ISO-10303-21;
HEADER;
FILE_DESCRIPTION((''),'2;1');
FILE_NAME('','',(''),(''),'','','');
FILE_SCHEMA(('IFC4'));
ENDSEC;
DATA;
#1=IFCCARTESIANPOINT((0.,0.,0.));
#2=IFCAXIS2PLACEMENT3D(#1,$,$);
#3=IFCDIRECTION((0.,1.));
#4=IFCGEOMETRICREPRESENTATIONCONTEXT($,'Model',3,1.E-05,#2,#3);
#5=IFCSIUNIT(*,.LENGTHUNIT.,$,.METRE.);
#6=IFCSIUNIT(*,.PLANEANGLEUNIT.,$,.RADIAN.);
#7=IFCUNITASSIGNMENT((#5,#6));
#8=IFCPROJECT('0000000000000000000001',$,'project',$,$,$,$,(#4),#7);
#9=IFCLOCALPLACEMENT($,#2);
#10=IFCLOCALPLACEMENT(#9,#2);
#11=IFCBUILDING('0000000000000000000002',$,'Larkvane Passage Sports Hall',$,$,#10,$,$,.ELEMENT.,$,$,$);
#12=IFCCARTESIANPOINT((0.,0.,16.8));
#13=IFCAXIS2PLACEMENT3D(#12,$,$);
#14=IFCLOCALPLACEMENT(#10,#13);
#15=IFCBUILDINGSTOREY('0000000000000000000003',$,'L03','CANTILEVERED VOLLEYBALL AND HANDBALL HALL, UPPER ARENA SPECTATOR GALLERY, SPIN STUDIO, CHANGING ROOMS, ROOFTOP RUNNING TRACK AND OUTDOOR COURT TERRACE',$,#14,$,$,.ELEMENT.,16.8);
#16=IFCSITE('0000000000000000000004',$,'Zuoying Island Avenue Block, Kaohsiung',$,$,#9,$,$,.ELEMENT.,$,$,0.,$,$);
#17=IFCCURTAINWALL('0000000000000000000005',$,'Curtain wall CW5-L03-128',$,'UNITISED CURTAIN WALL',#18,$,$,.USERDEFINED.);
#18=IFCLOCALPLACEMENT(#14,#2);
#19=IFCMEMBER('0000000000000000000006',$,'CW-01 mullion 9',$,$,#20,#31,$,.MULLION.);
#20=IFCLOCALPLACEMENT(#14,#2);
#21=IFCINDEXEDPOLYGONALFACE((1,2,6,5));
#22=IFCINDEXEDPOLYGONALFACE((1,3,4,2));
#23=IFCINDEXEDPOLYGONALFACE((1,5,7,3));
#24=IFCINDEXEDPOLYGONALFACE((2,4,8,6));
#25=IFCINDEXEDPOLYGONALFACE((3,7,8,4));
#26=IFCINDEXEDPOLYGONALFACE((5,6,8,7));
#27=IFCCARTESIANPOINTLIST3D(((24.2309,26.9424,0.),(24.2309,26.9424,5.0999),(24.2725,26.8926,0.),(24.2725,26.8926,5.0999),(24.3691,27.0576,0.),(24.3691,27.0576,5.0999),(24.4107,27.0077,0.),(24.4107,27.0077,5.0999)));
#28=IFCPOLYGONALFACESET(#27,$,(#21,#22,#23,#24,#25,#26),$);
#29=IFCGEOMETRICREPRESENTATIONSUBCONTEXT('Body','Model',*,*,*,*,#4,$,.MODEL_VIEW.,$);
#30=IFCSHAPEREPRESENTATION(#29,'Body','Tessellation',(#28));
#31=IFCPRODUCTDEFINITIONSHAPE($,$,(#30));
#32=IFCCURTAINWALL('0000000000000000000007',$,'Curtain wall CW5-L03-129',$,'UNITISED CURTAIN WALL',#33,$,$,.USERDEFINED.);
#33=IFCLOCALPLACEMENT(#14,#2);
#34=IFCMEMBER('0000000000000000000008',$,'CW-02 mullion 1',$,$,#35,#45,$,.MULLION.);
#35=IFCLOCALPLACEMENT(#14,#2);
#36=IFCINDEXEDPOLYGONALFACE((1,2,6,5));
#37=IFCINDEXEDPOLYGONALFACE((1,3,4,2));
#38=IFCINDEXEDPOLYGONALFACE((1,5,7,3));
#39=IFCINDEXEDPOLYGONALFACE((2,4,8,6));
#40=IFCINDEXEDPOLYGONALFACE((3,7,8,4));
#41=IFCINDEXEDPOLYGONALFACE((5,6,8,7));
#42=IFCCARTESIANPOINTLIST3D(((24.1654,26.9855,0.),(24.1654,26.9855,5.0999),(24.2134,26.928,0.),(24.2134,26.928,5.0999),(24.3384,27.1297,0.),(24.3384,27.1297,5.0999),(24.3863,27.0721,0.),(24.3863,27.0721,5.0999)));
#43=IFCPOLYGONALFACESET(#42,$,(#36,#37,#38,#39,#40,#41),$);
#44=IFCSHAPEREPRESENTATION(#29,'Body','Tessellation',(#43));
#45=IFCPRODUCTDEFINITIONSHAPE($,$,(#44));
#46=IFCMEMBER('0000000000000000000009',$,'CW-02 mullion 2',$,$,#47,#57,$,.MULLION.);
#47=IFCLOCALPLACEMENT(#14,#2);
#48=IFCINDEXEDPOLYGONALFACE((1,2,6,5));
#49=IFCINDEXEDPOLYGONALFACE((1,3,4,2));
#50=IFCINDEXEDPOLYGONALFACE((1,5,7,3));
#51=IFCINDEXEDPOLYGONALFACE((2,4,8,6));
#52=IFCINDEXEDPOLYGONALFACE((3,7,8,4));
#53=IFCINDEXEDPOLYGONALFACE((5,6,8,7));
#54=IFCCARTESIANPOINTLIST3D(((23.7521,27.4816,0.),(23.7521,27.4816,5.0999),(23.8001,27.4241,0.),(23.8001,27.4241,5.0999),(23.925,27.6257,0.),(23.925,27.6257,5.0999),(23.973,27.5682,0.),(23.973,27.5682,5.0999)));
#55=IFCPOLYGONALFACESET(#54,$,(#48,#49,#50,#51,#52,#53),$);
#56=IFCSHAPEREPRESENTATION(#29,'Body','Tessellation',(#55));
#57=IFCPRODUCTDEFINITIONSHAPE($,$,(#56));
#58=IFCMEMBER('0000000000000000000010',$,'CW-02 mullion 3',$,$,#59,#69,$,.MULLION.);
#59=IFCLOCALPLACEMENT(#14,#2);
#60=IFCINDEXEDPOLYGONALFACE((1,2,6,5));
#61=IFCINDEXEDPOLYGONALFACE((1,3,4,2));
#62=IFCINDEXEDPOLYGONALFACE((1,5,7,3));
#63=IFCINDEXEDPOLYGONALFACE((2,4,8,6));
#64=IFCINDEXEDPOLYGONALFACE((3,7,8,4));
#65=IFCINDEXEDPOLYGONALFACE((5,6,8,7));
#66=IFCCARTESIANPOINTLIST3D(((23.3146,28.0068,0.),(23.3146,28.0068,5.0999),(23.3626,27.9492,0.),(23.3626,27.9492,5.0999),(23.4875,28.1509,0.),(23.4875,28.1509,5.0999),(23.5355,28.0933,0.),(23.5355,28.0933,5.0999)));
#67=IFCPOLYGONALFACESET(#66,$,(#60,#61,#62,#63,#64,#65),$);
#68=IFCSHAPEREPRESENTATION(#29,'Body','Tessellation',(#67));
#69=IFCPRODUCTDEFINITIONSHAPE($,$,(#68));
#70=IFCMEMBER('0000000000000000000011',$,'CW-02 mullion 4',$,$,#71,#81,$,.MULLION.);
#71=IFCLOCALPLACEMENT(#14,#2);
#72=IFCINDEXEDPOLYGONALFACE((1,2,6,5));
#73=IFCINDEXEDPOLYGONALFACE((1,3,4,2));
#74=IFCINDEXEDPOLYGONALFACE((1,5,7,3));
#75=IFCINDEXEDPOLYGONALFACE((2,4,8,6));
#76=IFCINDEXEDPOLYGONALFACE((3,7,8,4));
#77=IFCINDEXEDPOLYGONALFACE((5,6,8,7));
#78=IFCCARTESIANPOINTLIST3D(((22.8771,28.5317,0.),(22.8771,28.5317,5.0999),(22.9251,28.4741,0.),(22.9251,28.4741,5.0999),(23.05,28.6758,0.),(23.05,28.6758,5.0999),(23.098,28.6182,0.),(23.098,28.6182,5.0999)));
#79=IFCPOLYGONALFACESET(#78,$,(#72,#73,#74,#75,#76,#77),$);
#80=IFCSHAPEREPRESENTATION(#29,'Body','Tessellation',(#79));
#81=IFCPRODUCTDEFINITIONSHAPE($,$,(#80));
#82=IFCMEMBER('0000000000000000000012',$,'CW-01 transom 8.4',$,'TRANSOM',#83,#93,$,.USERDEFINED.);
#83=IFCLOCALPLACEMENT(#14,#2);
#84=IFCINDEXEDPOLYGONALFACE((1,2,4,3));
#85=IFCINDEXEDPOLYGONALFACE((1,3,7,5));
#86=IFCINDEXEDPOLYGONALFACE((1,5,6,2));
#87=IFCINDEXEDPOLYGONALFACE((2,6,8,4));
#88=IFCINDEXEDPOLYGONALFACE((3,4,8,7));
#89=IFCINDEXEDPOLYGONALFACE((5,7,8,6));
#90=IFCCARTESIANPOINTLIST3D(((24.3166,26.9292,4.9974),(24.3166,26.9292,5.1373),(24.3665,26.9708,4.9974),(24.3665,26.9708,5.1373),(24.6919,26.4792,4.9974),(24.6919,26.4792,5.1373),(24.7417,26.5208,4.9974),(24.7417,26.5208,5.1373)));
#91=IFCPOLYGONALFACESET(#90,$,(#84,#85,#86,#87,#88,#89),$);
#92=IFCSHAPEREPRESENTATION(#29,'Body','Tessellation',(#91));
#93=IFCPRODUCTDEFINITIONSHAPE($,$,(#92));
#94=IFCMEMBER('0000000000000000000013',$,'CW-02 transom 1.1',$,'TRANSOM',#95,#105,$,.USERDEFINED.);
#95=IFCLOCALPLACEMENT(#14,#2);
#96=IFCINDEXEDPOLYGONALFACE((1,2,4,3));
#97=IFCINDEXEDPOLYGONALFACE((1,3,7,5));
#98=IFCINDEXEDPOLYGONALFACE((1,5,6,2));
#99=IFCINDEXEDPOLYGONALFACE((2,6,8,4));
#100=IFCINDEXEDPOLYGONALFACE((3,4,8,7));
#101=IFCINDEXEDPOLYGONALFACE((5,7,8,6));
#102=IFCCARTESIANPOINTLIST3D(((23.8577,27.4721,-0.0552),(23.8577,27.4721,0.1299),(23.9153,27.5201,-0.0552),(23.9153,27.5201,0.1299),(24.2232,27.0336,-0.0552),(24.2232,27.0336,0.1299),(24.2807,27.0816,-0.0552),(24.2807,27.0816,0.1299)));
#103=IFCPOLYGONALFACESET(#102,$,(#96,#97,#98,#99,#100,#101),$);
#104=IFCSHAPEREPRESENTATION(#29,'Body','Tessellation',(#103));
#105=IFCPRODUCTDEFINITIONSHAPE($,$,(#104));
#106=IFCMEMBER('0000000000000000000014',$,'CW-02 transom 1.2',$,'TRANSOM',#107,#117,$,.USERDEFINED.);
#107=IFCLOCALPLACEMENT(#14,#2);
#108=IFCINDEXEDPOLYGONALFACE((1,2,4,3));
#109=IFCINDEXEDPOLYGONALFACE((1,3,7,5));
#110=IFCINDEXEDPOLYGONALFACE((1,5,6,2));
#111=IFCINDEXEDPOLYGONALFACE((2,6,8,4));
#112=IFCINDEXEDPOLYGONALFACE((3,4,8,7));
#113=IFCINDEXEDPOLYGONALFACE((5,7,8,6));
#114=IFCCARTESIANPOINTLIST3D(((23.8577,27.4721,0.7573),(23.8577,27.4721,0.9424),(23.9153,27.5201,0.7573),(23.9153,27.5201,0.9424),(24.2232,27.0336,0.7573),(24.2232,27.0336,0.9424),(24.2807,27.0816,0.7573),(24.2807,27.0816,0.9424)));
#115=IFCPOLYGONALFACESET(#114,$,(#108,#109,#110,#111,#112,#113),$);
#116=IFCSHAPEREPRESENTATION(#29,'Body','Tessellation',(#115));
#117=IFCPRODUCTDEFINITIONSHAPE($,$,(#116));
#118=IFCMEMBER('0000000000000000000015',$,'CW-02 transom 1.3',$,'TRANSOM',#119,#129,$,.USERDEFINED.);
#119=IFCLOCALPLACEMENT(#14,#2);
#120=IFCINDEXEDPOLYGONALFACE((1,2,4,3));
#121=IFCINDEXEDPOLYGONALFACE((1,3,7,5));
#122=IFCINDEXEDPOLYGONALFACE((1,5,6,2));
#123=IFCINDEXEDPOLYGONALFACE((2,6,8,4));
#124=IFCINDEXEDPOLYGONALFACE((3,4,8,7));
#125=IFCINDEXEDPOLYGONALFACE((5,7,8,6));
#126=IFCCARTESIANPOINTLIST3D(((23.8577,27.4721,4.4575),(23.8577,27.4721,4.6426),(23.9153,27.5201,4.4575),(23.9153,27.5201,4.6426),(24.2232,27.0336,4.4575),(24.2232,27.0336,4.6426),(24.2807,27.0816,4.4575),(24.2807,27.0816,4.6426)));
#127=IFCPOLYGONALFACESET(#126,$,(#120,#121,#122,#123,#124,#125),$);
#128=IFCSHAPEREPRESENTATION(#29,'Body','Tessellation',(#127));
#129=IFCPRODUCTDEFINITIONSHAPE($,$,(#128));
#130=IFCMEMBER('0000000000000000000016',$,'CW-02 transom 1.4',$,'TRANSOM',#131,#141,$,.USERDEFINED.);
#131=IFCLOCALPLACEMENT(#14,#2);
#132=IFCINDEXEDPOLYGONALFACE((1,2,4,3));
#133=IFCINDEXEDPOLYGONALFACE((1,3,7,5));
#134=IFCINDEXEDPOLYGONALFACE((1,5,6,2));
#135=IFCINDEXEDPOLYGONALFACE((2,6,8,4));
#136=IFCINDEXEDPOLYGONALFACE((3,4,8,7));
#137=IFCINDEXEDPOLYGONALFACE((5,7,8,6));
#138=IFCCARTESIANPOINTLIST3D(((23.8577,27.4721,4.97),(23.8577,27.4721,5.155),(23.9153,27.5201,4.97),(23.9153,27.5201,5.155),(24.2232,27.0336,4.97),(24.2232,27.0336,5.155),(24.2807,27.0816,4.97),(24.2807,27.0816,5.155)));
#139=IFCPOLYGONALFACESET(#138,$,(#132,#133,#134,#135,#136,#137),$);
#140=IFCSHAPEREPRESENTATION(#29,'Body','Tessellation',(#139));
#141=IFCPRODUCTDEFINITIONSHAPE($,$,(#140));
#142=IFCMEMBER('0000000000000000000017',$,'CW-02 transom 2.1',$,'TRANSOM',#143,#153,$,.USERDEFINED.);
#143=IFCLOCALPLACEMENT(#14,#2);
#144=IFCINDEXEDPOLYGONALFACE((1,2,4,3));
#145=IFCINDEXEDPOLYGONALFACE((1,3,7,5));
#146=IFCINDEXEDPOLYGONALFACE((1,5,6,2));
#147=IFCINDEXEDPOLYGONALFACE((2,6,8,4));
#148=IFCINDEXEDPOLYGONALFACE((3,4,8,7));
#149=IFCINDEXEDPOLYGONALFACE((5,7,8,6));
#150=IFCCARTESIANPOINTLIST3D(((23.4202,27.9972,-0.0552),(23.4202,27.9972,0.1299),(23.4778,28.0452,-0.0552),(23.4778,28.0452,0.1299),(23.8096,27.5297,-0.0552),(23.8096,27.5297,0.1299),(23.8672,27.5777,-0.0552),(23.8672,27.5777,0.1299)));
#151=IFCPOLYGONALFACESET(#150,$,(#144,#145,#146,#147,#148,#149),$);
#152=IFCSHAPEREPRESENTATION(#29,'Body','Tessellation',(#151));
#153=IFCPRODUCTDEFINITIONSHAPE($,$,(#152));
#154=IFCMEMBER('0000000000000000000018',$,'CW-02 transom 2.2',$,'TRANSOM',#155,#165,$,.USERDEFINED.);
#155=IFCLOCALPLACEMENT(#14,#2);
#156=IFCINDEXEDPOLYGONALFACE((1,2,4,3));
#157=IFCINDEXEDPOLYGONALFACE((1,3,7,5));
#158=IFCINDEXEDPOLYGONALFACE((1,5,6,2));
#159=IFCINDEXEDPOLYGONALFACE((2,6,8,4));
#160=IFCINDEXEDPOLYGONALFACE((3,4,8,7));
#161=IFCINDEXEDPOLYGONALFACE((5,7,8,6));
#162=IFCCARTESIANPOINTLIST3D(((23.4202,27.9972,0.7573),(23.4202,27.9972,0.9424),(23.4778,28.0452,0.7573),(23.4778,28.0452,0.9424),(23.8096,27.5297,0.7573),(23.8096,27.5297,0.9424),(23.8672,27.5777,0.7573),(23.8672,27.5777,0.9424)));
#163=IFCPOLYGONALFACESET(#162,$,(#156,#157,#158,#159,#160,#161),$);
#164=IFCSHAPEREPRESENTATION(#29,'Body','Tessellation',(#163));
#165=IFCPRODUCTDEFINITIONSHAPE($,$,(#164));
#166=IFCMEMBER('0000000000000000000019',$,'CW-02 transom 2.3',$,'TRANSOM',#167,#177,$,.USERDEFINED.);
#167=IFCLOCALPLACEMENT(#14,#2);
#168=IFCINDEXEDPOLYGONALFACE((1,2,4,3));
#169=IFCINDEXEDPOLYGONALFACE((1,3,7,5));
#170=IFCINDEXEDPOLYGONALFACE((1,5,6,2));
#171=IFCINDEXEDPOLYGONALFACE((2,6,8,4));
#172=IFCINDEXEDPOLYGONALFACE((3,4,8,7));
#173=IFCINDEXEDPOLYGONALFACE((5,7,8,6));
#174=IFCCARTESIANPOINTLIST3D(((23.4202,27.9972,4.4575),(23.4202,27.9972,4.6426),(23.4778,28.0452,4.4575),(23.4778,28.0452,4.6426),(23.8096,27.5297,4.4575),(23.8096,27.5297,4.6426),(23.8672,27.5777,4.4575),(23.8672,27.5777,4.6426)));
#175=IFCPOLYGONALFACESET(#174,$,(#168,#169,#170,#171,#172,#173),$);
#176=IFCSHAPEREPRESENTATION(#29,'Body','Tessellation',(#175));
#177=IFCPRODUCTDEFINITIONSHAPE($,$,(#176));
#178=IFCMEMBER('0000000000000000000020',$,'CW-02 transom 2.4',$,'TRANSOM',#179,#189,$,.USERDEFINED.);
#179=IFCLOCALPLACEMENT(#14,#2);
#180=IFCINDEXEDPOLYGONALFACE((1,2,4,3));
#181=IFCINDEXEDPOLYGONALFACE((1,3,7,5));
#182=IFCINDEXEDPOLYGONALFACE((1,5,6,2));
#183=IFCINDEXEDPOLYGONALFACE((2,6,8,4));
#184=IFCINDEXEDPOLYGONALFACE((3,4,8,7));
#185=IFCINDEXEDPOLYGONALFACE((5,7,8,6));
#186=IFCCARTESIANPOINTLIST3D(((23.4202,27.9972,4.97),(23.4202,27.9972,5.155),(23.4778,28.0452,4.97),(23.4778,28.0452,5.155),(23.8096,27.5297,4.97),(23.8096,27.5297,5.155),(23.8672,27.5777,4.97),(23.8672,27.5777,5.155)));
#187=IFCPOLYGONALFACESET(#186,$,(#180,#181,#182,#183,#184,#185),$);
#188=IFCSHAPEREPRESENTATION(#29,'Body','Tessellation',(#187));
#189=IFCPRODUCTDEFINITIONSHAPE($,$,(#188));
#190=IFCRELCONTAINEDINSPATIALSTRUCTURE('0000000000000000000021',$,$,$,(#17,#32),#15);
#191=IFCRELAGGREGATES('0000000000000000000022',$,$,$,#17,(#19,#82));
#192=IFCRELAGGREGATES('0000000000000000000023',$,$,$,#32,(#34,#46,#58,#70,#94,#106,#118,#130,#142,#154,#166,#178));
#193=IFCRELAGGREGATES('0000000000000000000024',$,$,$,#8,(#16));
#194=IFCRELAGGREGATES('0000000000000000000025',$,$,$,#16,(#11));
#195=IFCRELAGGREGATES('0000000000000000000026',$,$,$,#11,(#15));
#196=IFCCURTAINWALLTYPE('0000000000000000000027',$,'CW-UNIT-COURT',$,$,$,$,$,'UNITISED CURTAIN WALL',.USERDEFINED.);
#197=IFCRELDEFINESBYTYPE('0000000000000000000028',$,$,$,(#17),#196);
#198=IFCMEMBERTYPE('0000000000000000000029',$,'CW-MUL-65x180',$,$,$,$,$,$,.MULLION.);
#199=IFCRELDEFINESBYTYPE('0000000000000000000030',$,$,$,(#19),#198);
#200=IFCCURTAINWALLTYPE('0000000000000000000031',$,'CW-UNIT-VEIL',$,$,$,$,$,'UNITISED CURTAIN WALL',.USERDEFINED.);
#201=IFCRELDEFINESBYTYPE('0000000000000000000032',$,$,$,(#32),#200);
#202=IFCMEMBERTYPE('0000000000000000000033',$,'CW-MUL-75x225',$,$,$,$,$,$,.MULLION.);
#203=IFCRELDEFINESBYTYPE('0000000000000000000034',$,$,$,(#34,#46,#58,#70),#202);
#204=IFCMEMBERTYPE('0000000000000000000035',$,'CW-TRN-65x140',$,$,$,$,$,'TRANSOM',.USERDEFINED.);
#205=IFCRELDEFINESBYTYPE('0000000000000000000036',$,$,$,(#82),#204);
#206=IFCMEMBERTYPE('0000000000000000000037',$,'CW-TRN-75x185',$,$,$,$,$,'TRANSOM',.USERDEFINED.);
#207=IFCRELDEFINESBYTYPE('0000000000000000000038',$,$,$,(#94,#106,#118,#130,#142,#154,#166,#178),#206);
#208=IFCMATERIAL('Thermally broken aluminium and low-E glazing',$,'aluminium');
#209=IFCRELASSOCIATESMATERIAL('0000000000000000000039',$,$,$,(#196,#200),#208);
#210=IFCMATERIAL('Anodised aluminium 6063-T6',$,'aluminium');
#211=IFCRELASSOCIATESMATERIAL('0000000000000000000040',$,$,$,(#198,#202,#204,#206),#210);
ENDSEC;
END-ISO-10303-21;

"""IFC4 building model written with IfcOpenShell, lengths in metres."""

from ifc_helpers import new_model, si_unit, direction, frame, origin, origin_2d, place, context, subcontext, project, spatial, rectangle, extrude, material, material_profile, profile_set, type_object, element, aggregate, save


model = new_model("IFC4")

# Units and contexts
model_context = context("Model", 3, precision=1e-05, world=origin(), true_north=direction((0.0, 1.0)))
body_context = subcontext(model_context, "Body", "Model", "MODEL_VIEW")
ifc_project = project(units=[si_unit("LENGTHUNIT", "METRE"), si_unit("PLANEANGLEUNIT", "RADIAN")], contexts=[model_context])

# Site, building, storey
site_placement = place(None, origin())
site = spatial("IfcSite", under=ifc_project, at=site_placement, Name="Zuoying Island Avenue Block, Kaohsiung", CompositionType="ELEMENT", RefElevation=0.0)
building_placement = place(site_placement, origin())
building = spatial("IfcBuilding", under=site, at=building_placement, Name="Larkvane Passage Sports Hall", CompositionType="ELEMENT")
storey_placement = place(building_placement, frame((0.0, 0.0, 16.8)))
storey = spatial("IfcBuildingStorey", under=building, at=storey_placement, Name="L03", Description="CANTILEVERED VOLLEYBALL AND HANDBALL HALL, UPPER ARENA SPECTATOR GALLERY, SPIN STUDIO, CHANGING ROOMS, ROOFTOP RUNNING TRACK AND OUTDOOR COURT TERRACE", CompositionType="ELEMENT", Elevation=16.8)

# Curtain wall, member
ifc_material_1 = material(Name="Thermally broken aluminium and low-E glazing", Category="aluminium")
curtain_wall_type_1 = type_object("IfcCurtainWallType", Name="CW-UNIT-COURT", ElementType="UNITISED CURTAIN WALL", PredefinedType="USERDEFINED", material=ifc_material_1)
curtain_wall_1_placement = place(storey_placement, origin())
curtain_wall_1 = element("IfcCurtainWall", 1, at=curtain_wall_1_placement, inside=storey, type_object=curtain_wall_type_1, Name="Curtain wall CW5-L03-128", ObjectType="UNITISED CURTAIN WALL", PredefinedType="USERDEFINED")
ifc_material_2 = material(Name="Anodised aluminium 6063-T6", Category="aluminium")
ifc_material_profile_1 = material_profile(ifc_material_2, rectangle(XDim=0.0649, YDim=0.1799, at=origin_2d()), Name="ALU-MUL-65x180")
ifc_profile_set_1 = profile_set([ifc_material_profile_1], Name="Anodised aluminium 6063-T6")
member_type_1 = type_object("IfcMemberType", Name="CW-MUL-65x180", PredefinedType="MULLION", material=ifc_profile_set_1)
member_1_placement = place(storey_placement, frame((24.3208, 26.9751, 0.0), z_axis=(0.0, 0.0, 1.0), x_axis=(-0.640184, 0.768221, 0.0)))
member_1 = element("IfcMember", 2, at=member_1_placement, type_object=member_type_1, Name="CW-01 mullion 9", PredefinedType="MULLION", context=body_context, shape_type="SweptSolid", body=[
    extrude(rectangle(XDim=0.0649, YDim=0.1799, at=origin_2d()), origin(), (0.0, 0.0, 1.0), 5.0999),
])

# Curtain wall, members
curtain_wall_type_2 = type_object("IfcCurtainWallType", Name="CW-UNIT-VEIL", ElementType="UNITISED CURTAIN WALL", PredefinedType="USERDEFINED", material=ifc_material_1)
curtain_wall_2_placement = place(storey_placement, origin())
curtain_wall_2 = element("IfcCurtainWall", 3, at=curtain_wall_2_placement, inside=storey, type_object=curtain_wall_type_2, Name="Curtain wall CW5-L03-129", ObjectType="UNITISED CURTAIN WALL", PredefinedType="USERDEFINED")
ifc_material_profile_2 = material_profile(ifc_material_2, rectangle(XDim=0.075, YDim=0.2251, at=origin_2d()), Name="ALU-MUL-75x225")
ifc_profile_set_2 = profile_set([ifc_material_profile_2], Name="Anodised aluminium 6063-T6")
member_type_2 = type_object("IfcMemberType", Name="CW-MUL-75x225", PredefinedType="MULLION", material=ifc_profile_set_2)
member_2_placement = place(storey_placement, frame((24.2759, 27.0288, 0.0), z_axis=(0.0, 0.0, 1.0), x_axis=(-0.640184, 0.768221, 0.0)))
member_2 = element("IfcMember", 4, at=member_2_placement, type_object=member_type_2, Name="CW-02 mullion 1", PredefinedType="MULLION", context=body_context, shape_type="SweptSolid", body=[
    extrude(rectangle(XDim=0.075, YDim=0.2251, at=origin_2d()), origin(), (0.0, 0.0, 1.0), 5.0999),
])
member_3_placement = place(storey_placement, frame((23.8625, 27.5249, 0.0), z_axis=(0.0, 0.0, 1.0), x_axis=(-0.640184, 0.768221, 0.0)))
member_3 = element("IfcMember", 5, at=member_3_placement, type_object=member_type_2, Name="CW-02 mullion 2", PredefinedType="MULLION", context=body_context, shape_type="SweptSolid", body=[
    extrude(rectangle(XDim=0.075, YDim=0.2251, at=origin_2d()), origin(), (0.0, 0.0, 1.0), 5.0999),
])
member_4_placement = place(storey_placement, frame((23.425, 28.05, 0.0), z_axis=(0.0, 0.0, 1.0), x_axis=(-0.640184, 0.768221, 0.0)))
member_4 = element("IfcMember", 6, at=member_4_placement, type_object=member_type_2, Name="CW-02 mullion 3", PredefinedType="MULLION", context=body_context, shape_type="SweptSolid", body=[
    extrude(rectangle(XDim=0.075, YDim=0.2251, at=origin_2d()), origin(), (0.0, 0.0, 1.0), 5.0999),
])
member_5_placement = place(storey_placement, frame((22.9875, 28.575, 0.0), z_axis=(0.0, 0.0, 1.0), x_axis=(-0.640184, 0.768221, 0.0)))
member_5 = element("IfcMember", 7, at=member_5_placement, type_object=member_type_2, Name="CW-02 mullion 4", PredefinedType="MULLION", context=body_context, shape_type="SweptSolid", body=[
    extrude(rectangle(XDim=0.075, YDim=0.2251, at=origin_2d()), origin(), (0.0, 0.0, 1.0), 5.0999),
])

# Members
ifc_material_profile_3 = material_profile(ifc_material_2, rectangle(XDim=0.0649, YDim=0.1399, at=origin_2d()), Name="ALU-TRN-65x140")
ifc_profile_set_3 = profile_set([ifc_material_profile_3], Name="Anodised aluminium 6063-T6")
member_type_3 = type_object("IfcMemberType", Name="CW-TRN-65x140", ElementType="TRANSOM", PredefinedType="USERDEFINED", material=ifc_profile_set_3)
member_6_placement = place(storey_placement, frame((24.7168, 26.5, 5.0674), z_axis=(-0.640471, 0.767982, 0.0), x_axis=(-0.767982, -0.640471, 0.0)))
member_6 = element("IfcMember", 8, at=member_6_placement, type_object=member_type_3, Name="CW-01 transom 8.4", ObjectType="TRANSOM", PredefinedType="USERDEFINED", context=body_context, shape_type="SweptSolid", body=[
    extrude(rectangle(XDim=0.0649, YDim=0.1399, at=origin_2d()), origin(), (0.0, 0.0, 1.0), 0.5859),
])
ifc_material_profile_4 = material_profile(ifc_material_2, rectangle(XDim=0.075, YDim=0.1851, at=origin_2d()), Name="ALU-TRN-75x185")
ifc_profile_set_4 = profile_set([ifc_material_profile_4], Name="Anodised aluminium 6063-T6")
member_type_4 = type_object("IfcMemberType", Name="CW-TRN-75x185", ElementType="TRANSOM", PredefinedType="USERDEFINED", material=ifc_profile_set_4)
member_7_placement = place(storey_placement, frame((24.252, 27.0576, 0.0374), z_axis=(-0.640269, 0.768151, 0.0), x_axis=(-0.768151, -0.640269, 0.0)))
member_7 = element("IfcMember", 9, at=member_7_placement, type_object=member_type_4, Name="CW-02 transom 1.1", ObjectType="TRANSOM", PredefinedType="USERDEFINED", context=body_context, shape_type="SweptSolid", body=[
    extrude(rectangle(XDim=0.075, YDim=0.1851, at=origin_2d()), origin(), (0.0, 0.0, 1.0), 0.5708),
])
member_8_placement = place(storey_placement, frame((24.252, 27.0576, 0.8499), z_axis=(-0.640269, 0.768151, 0.0), x_axis=(-0.768151, -0.640269, 0.0)))
member_8 = element("IfcMember", 10, at=member_8_placement, type_object=member_type_4, Name="CW-02 transom 1.2", ObjectType="TRANSOM", PredefinedType="USERDEFINED", context=body_context, shape_type="SweptSolid", body=[
    extrude(rectangle(XDim=0.075, YDim=0.1851, at=origin_2d()), origin(), (0.0, 0.0, 1.0), 0.5708),
])
member_9_placement = place(storey_placement, frame((24.252, 27.0576, 4.55), z_axis=(-0.640269, 0.768151, 0.0), x_axis=(-0.768151, -0.640269, 0.0)))
member_9 = element("IfcMember", 11, at=member_9_placement, type_object=member_type_4, Name="CW-02 transom 1.3", ObjectType="TRANSOM", PredefinedType="USERDEFINED", context=body_context, shape_type="SweptSolid", body=[
    extrude(rectangle(XDim=0.075, YDim=0.1851, at=origin_2d()), origin(), (0.0, 0.0, 1.0), 0.5708),
])
member_10_placement = place(storey_placement, frame((24.252, 27.0576, 5.0625), z_axis=(-0.640269, 0.768151, 0.0), x_axis=(-0.768151, -0.640269, 0.0)))
member_10 = element("IfcMember", 12, at=member_10_placement, type_object=member_type_4, Name="CW-02 transom 1.4", ObjectType="TRANSOM", PredefinedType="USERDEFINED", context=body_context, shape_type="SweptSolid", body=[
    extrude(rectangle(XDim=0.075, YDim=0.1851, at=origin_2d()), origin(), (0.0, 0.0, 1.0), 0.5708),
])
member_11_placement = place(storey_placement, frame((23.8384, 27.5537, 0.0374), z_axis=(-0.639987, 0.768386, 0.0), x_axis=(-0.768386, -0.639987, 0.0)))
member_11 = element("IfcMember", 13, at=member_11_placement, type_object=member_type_4, Name="CW-02 transom 2.1", ObjectType="TRANSOM", PredefinedType="USERDEFINED", context=body_context, shape_type="SweptSolid", body=[
    extrude(rectangle(XDim=0.075, YDim=0.1851, at=origin_2d()), origin(), (0.0, 0.0, 1.0), 0.6084),
])
member_12_placement = place(storey_placement, frame((23.8384, 27.5537, 0.8499), z_axis=(-0.639987, 0.768386, 0.0), x_axis=(-0.768386, -0.639987, 0.0)))
member_12 = element("IfcMember", 14, at=member_12_placement, type_object=member_type_4, Name="CW-02 transom 2.2", ObjectType="TRANSOM", PredefinedType="USERDEFINED", context=body_context, shape_type="SweptSolid", body=[
    extrude(rectangle(XDim=0.075, YDim=0.1851, at=origin_2d()), origin(), (0.0, 0.0, 1.0), 0.6084),
])
member_13_placement = place(storey_placement, frame((23.8384, 27.5537, 4.55), z_axis=(-0.639987, 0.768386, 0.0), x_axis=(-0.768386, -0.639987, 0.0)))
member_13 = element("IfcMember", 15, at=member_13_placement, type_object=member_type_4, Name="CW-02 transom 2.3", ObjectType="TRANSOM", PredefinedType="USERDEFINED", context=body_context, shape_type="SweptSolid", body=[
    extrude(rectangle(XDim=0.075, YDim=0.1851, at=origin_2d()), origin(), (0.0, 0.0, 1.0), 0.6084),
])
member_14_placement = place(storey_placement, frame((23.8384, 27.5537, 5.0625), z_axis=(-0.639987, 0.768386, 0.0), x_axis=(-0.768386, -0.639987, 0.0)))
member_14 = element("IfcMember", 16, at=member_14_placement, type_object=member_type_4, Name="CW-02 transom 2.4", ObjectType="TRANSOM", PredefinedType="USERDEFINED", context=body_context, shape_type="SweptSolid", body=[
    extrude(rectangle(XDim=0.075, YDim=0.1851, at=origin_2d()), origin(), (0.0, 0.0, 1.0), 0.6084),
])

aggregate(curtain_wall_1, [member_1, member_6])
aggregate(curtain_wall_2, [member_2, member_3, member_4, member_5, member_7, member_8, member_9, member_10, member_11, member_12, member_13, member_14])

save(model, "model.ifc")
